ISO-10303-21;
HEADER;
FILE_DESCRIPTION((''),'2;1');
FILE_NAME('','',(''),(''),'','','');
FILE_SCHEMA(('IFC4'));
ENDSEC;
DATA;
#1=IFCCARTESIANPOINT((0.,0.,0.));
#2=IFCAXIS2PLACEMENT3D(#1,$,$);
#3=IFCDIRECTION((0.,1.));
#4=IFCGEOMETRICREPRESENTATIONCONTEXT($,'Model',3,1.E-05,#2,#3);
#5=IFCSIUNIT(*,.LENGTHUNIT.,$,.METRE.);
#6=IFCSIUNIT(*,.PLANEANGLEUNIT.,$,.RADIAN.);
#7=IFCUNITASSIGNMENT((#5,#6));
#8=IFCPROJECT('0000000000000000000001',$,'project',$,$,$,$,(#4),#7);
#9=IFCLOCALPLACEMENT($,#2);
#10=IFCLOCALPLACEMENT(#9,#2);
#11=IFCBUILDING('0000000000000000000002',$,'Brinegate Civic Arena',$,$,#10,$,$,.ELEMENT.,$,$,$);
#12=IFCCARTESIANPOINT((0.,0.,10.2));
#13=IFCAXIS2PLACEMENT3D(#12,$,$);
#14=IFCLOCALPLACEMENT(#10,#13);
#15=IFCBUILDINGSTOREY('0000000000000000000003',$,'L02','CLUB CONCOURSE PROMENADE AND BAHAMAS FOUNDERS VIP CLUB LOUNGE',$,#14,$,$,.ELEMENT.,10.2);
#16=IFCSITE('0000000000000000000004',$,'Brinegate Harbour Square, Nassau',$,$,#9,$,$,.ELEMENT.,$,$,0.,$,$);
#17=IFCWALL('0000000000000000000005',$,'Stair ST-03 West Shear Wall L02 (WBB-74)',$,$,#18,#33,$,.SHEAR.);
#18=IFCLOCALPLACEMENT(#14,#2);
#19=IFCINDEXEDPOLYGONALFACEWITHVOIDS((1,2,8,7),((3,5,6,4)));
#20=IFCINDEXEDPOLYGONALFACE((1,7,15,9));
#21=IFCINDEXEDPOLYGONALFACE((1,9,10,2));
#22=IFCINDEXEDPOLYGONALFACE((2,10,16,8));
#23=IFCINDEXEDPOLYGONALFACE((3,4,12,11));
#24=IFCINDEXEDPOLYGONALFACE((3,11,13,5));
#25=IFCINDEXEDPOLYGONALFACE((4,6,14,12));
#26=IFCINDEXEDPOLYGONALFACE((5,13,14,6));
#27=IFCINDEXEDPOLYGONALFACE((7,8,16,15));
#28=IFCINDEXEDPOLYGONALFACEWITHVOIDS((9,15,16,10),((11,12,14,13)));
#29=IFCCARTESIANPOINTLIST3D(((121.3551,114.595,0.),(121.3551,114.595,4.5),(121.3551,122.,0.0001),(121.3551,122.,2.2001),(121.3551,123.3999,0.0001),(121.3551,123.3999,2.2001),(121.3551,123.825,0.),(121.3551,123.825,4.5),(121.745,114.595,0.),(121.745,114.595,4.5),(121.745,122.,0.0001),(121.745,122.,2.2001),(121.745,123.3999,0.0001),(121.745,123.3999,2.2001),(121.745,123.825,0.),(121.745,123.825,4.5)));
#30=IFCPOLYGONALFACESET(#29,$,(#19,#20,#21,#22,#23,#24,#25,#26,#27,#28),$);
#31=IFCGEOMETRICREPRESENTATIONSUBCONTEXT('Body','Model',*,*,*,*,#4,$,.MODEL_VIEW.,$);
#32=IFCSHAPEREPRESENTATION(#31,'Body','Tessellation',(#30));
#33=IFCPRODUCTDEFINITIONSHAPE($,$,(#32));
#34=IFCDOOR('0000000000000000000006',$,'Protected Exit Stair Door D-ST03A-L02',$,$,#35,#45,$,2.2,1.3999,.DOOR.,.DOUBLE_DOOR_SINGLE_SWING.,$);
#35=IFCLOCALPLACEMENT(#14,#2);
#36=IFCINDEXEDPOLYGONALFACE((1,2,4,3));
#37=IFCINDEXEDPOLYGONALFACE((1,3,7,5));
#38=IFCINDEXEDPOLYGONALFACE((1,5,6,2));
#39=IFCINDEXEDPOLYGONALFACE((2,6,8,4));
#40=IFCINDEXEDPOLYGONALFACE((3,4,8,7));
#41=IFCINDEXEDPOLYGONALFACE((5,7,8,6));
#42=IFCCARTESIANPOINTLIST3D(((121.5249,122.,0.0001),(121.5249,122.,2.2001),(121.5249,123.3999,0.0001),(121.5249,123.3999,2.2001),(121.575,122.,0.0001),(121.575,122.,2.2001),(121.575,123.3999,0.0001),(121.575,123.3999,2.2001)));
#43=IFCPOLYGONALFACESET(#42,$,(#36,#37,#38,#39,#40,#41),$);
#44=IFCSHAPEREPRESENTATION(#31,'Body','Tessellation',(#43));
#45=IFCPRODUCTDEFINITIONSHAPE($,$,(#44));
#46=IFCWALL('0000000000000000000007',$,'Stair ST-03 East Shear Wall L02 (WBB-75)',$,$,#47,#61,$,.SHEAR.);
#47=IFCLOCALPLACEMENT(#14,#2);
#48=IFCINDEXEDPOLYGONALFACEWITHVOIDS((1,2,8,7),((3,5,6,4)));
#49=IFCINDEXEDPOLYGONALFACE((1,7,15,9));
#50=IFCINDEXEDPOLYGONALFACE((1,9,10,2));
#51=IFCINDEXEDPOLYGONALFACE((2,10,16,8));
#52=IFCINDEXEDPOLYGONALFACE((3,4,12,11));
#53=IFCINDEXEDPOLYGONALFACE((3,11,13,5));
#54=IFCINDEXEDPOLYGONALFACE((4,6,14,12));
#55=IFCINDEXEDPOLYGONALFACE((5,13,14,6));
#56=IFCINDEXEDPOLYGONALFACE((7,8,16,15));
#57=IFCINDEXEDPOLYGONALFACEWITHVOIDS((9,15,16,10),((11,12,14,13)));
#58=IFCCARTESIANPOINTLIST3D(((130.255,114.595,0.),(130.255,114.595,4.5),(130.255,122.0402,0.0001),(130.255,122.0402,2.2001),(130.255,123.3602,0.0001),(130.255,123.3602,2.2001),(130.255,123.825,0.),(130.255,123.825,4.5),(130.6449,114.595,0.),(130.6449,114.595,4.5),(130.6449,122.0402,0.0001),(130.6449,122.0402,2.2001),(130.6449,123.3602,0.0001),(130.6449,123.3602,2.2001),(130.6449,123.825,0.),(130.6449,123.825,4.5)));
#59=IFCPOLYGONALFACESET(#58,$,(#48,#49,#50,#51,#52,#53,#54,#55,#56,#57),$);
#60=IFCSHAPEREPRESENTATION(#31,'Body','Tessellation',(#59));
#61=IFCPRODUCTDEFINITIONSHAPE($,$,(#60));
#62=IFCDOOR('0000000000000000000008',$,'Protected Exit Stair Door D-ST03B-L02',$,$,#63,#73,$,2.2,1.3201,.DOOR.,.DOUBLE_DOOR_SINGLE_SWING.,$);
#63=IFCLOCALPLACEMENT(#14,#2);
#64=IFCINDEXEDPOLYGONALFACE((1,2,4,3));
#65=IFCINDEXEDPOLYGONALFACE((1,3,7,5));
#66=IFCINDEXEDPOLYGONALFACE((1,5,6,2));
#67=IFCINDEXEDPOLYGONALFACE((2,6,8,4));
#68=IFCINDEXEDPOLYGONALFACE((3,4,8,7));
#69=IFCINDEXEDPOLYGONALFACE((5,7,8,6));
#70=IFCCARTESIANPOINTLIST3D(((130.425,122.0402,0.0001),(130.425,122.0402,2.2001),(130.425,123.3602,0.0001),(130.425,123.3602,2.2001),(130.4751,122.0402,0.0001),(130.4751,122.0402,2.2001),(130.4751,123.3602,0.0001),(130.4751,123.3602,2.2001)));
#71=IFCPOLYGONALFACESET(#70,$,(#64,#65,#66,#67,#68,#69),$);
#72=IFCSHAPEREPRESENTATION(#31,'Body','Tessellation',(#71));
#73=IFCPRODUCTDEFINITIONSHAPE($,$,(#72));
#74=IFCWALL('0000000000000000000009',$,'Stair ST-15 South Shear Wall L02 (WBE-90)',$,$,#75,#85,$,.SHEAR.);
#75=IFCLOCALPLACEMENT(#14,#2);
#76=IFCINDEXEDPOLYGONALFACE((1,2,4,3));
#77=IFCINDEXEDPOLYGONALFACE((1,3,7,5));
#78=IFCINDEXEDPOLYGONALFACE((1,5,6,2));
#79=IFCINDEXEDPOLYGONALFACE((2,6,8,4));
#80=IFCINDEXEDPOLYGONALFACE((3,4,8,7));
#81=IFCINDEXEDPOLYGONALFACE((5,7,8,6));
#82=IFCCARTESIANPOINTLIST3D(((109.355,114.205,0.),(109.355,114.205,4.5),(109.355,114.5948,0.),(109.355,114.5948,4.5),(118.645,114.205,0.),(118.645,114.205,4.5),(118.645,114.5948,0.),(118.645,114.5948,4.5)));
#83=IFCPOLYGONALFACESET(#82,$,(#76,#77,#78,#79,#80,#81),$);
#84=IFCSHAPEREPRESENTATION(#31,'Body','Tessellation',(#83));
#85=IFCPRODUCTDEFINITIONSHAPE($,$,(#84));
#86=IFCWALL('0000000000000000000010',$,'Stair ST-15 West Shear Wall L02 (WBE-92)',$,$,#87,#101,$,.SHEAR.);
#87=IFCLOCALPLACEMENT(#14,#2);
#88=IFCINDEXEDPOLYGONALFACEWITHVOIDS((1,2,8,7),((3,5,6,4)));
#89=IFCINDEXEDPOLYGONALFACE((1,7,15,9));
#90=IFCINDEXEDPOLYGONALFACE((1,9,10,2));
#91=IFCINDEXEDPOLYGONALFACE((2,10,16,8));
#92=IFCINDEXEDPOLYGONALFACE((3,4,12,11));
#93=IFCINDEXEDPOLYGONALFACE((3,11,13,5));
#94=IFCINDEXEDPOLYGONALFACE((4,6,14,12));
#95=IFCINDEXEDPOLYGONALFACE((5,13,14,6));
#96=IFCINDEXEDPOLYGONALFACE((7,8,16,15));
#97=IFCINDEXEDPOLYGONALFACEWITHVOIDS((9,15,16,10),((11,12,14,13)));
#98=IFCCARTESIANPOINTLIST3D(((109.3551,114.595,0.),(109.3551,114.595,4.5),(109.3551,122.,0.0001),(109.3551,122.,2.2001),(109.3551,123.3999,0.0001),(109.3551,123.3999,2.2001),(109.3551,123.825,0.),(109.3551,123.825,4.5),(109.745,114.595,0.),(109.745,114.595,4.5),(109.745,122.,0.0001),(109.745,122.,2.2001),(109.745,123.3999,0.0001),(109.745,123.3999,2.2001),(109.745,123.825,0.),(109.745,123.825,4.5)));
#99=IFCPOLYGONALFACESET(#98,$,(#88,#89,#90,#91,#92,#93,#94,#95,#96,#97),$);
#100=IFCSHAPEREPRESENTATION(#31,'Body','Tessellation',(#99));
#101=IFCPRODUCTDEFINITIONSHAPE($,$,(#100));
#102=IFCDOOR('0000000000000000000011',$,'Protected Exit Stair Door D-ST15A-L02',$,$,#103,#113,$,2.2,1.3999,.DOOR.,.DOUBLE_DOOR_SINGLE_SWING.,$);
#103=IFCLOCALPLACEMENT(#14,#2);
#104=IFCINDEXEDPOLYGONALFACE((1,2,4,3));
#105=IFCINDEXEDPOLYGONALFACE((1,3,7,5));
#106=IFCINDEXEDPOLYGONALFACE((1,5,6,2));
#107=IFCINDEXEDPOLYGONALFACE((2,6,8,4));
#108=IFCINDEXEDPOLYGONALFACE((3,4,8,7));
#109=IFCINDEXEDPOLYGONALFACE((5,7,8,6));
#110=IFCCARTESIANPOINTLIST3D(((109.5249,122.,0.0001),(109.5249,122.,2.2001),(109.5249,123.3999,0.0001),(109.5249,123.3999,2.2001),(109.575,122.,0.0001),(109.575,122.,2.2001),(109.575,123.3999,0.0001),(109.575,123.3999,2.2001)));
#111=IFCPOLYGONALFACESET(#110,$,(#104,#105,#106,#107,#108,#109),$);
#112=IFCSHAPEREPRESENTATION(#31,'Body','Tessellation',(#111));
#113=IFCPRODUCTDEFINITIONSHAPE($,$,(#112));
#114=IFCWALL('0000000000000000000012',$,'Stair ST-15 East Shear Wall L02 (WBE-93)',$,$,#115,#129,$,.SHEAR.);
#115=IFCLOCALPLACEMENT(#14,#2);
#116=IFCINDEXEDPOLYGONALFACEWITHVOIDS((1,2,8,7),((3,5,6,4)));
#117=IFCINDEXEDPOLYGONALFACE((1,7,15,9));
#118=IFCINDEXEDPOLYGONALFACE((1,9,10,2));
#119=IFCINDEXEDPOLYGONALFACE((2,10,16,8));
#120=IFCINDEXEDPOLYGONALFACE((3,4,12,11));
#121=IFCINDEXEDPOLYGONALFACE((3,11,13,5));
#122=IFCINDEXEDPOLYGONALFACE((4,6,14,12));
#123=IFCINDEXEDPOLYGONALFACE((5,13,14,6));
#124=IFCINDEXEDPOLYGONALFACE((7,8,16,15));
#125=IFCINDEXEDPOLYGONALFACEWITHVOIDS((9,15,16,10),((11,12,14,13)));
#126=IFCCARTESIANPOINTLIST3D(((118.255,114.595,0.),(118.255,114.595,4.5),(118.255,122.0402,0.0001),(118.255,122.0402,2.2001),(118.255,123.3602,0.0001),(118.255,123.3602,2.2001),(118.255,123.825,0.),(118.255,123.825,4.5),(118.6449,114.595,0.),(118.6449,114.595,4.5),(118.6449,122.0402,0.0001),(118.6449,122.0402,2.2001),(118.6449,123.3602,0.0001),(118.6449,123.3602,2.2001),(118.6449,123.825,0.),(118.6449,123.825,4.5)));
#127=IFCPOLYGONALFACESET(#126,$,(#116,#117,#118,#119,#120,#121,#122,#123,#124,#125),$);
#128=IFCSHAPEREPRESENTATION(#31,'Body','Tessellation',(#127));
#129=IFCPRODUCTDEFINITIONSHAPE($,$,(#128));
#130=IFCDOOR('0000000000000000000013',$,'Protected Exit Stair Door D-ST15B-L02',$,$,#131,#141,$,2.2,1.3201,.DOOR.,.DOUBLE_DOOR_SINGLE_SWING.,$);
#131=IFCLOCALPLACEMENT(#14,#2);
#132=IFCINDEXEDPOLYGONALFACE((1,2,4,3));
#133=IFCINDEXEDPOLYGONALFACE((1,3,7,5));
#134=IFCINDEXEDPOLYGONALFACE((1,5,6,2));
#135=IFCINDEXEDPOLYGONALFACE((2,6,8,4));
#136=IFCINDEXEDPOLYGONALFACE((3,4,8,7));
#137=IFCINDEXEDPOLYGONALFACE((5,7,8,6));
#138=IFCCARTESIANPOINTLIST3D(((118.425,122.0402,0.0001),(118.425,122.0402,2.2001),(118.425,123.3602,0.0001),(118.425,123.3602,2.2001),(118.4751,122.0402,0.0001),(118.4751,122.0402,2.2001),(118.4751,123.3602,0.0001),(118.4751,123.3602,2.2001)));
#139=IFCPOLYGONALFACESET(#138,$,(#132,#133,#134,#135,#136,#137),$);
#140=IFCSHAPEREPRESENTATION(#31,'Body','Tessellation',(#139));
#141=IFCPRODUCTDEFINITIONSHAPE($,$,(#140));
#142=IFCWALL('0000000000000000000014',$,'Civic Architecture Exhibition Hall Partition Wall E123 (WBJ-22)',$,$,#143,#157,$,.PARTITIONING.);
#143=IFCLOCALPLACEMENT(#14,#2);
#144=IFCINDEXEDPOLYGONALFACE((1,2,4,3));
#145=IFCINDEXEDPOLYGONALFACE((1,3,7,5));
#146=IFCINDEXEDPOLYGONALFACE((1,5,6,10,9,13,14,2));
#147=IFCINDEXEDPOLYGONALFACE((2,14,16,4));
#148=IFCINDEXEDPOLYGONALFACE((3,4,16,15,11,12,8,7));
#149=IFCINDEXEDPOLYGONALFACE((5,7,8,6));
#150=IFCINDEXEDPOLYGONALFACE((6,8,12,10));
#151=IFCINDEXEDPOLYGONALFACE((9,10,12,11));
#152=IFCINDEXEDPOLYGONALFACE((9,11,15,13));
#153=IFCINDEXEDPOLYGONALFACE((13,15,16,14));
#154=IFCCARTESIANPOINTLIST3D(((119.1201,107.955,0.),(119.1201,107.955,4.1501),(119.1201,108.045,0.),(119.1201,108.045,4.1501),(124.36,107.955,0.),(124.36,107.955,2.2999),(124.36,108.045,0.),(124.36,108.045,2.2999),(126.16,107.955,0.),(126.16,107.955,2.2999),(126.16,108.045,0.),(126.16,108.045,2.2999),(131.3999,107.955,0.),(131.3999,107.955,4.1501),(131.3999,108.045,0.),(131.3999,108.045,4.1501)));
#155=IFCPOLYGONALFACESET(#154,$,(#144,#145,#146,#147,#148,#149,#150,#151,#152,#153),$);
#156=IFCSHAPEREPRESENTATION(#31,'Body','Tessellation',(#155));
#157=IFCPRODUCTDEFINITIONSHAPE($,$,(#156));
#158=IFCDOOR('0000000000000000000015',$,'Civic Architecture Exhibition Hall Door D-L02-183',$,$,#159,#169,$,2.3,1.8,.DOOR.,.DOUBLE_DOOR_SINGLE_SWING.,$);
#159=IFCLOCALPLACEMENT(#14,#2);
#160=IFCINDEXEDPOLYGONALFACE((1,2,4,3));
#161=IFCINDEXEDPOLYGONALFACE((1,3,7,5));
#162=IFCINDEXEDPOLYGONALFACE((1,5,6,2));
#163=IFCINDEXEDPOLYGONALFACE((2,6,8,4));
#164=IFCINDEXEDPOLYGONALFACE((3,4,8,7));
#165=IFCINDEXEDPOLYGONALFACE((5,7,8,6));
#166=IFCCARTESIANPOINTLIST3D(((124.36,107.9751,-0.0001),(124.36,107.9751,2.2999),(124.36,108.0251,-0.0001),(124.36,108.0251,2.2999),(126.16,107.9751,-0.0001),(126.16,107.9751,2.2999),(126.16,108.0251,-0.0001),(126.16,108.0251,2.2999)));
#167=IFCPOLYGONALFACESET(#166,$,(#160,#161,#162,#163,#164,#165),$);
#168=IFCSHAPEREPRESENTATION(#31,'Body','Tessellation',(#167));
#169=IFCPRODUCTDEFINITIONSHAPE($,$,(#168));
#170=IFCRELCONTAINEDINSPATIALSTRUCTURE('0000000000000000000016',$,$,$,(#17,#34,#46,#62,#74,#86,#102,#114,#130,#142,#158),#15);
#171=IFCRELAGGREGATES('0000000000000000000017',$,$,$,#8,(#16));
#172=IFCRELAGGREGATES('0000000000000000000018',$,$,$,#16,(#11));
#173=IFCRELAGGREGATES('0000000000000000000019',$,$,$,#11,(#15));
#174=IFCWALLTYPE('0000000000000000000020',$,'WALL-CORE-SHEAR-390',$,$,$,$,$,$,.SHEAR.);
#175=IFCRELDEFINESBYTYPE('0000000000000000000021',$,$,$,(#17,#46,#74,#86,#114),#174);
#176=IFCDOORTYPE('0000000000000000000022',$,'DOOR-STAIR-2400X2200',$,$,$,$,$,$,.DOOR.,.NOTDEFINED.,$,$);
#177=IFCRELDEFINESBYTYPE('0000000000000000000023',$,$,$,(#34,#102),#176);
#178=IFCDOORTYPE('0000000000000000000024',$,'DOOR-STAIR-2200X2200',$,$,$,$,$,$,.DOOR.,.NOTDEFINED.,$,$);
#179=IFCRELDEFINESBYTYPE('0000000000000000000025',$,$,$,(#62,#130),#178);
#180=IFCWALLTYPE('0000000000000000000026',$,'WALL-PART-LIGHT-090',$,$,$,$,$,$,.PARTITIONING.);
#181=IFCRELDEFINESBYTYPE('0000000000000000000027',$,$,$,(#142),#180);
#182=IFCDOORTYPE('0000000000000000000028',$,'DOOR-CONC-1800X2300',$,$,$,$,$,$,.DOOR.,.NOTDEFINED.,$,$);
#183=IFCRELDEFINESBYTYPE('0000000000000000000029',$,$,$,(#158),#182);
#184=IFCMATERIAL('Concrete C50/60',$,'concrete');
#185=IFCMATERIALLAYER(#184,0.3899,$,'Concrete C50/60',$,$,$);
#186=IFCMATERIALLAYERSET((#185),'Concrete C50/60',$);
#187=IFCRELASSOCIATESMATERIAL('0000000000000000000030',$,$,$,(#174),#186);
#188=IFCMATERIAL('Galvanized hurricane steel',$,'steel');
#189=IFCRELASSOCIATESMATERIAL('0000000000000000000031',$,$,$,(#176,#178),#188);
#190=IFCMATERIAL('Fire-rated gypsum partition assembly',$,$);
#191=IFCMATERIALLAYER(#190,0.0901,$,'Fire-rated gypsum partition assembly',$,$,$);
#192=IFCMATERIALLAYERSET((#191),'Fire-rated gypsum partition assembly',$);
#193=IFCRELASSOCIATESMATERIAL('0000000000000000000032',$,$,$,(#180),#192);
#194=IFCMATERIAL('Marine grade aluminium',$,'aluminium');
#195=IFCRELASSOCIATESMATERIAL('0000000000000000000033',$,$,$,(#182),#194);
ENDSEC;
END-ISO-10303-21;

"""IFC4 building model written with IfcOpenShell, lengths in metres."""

from ifc_helpers import new_model, si_unit, direction, frame, frame_2d, origin, place, context, subcontext, project, spatial, rectangle, extrude, material, layer, layer_set, type_object, element, fill, save


model = new_model("IFC4")

# Units and contexts
model_context = context("Model", 3, precision=1e-05, world=origin(), true_north=direction((0.0, 1.0)))
body_context = subcontext(model_context, "Body", "Model", "MODEL_VIEW")
ifc_project = project(units=[si_unit("LENGTHUNIT", "METRE"), si_unit("PLANEANGLEUNIT", "RADIAN")], contexts=[model_context])

# Site, building, storey
site_placement = place(None, origin())
site = spatial("IfcSite", under=ifc_project, at=site_placement, Name="Brinegate Harbour Square, Nassau", CompositionType="ELEMENT", RefElevation=0.0)
building_placement = place(site_placement, origin())
building = spatial("IfcBuilding", under=site, at=building_placement, Name="Brinegate Civic Arena", CompositionType="ELEMENT")
storey_placement = place(building_placement, frame((0.0, 0.0, 10.2)))
storey = spatial("IfcBuildingStorey", under=building, at=storey_placement, Name="L02", Description="CLUB CONCOURSE PROMENADE AND BAHAMAS FOUNDERS VIP CLUB LOUNGE", CompositionType="ELEMENT", Elevation=10.2)

# Shared definitions
ifc_material_1 = material(Name="Concrete C50/60", Category="concrete")

# Shared definitions
ifc_layer_1 = layer(ifc_material_1, 0.3899, Name="Concrete C50/60")
ifc_layer_set_1 = layer_set([ifc_layer_1], Name="Concrete C50/60")
wall_type_1 = type_object("IfcWallType", Name="WALL-CORE-SHEAR-390", PredefinedType="SHEAR", material=ifc_layer_set_1)

# Walls, openings, doors
wall_1_placement = place(storey_placement, frame((121.55, 114.595, 0.0), z_axis=(0.0, 0.0, 1.0), x_axis=(0.0, 1.0, 0.0)))
wall_1 = element("IfcWall", 1, at=wall_1_placement, inside=storey, type_object=wall_type_1, Name="Stair ST-03 West Shear Wall L02 (WBB-74)", PredefinedType="SHEAR", context=body_context, shape_type="SweptSolid", body=[
    extrude(rectangle(XDim=9.23, YDim=0.3899, at=frame_2d((4.615, 0.0))), origin(), (0.0, 0.0, 1.0), 4.5),
])
opening_1_placement = place(wall_1_placement, frame((7.405, 0.0, 0.0)))
opening_1 = element("IfcOpeningElement", 2, at=opening_1_placement, cuts=wall_1, PredefinedType="OPENING", context=body_context, shape_type="SweptSolid", body=[
    extrude(rectangle(XDim=1.3999, YDim=2.2, at=frame_2d((0.7, 1.1001))), frame((0.0, 0.2048, 0.0), z_axis=(0.0, -1.0, 0.0), x_axis=(1.0, 0.0, 0.0)), (0.0, 0.0, 1.0), 0.4099),
])
ifc_material_2 = material(Name="Galvanized hurricane steel", Category="steel")
door_type_1 = type_object("IfcDoorType", Name="DOOR-STAIR-2400X2200", OperationType="NOTDEFINED", PredefinedType="DOOR", material=ifc_material_2)
door_1_placement = place(opening_1_placement, frame((1.3999, 0.0, 0.0), z_axis=(0.0, 0.0, 1.0), x_axis=(-1.0, 0.0, 0.0)))
door_1 = element("IfcDoor", 3, at=door_1_placement, inside=storey, type_object=door_type_1, Name="Protected Exit Stair Door D-ST03A-L02", OperationType="DOUBLE_DOOR_SINGLE_SWING", OverallHeight=2.2, OverallWidth=1.3999, PredefinedType="DOOR", context=body_context, shape_type="SweptSolid", body=[
    extrude(rectangle(XDim=1.3999, YDim=2.2, at=frame_2d((0.7, 1.1001))), frame((0.0, 0.0249, 0.0), z_axis=(0.0, -1.0, 0.0), x_axis=(1.0, 0.0, 0.0)), (0.0, 0.0, 1.0), 0.05),
])
fill(opening_1, door_1)
wall_2_placement = place(storey_placement, frame((130.45, 114.595, 0.0), z_axis=(0.0, 0.0, 1.0), x_axis=(0.0, 1.0, 0.0)))
wall_2 = element("IfcWall", 4, at=wall_2_placement, inside=storey, type_object=wall_type_1, Name="Stair ST-03 East Shear Wall L02 (WBB-75)", PredefinedType="SHEAR", context=body_context, shape_type="SweptSolid", body=[
    extrude(rectangle(XDim=9.23, YDim=0.3899, at=frame_2d((4.615, 0.0))), origin(), (0.0, 0.0, 1.0), 4.5),
])
opening_2_placement = place(wall_2_placement, frame((7.4451, 0.0, 0.0)))
opening_2 = element("IfcOpeningElement", 5, at=opening_2_placement, cuts=wall_2, PredefinedType="OPENING", context=body_context, shape_type="SweptSolid", body=[
    extrude(rectangle(XDim=1.3201, YDim=2.2, at=frame_2d((0.6602, 1.1001))), frame((0.0, 0.2048, 0.0), z_axis=(0.0, -1.0, 0.0), x_axis=(1.0, 0.0, 0.0)), (0.0, 0.0, 1.0), 0.4099),
])
door_type_2 = type_object("IfcDoorType", Name="DOOR-STAIR-2200X2200", OperationType="NOTDEFINED", PredefinedType="DOOR", material=ifc_material_2)
door_2_placement = place(opening_2_placement, origin())
door_2 = element("IfcDoor", 6, at=door_2_placement, inside=storey, type_object=door_type_2, Name="Protected Exit Stair Door D-ST03B-L02", OperationType="DOUBLE_DOOR_SINGLE_SWING", OverallHeight=2.2, OverallWidth=1.3201, PredefinedType="DOOR", context=body_context, shape_type="SweptSolid", body=[
    extrude(rectangle(XDim=1.3201, YDim=2.2, at=frame_2d((0.6602, 1.1001))), frame((0.0, 0.0249, 0.0), z_axis=(0.0, -1.0, 0.0), x_axis=(1.0, 0.0, 0.0)), (0.0, 0.0, 1.0), 0.05),
])
fill(opening_2, door_2)

# Wall
wall_3_placement = place(storey_placement, frame((109.355, 114.3999, 0.0), z_axis=(0.0, 0.0, 1.0), x_axis=(1.0, 0.0, 0.0)))
element("IfcWall", 7, at=wall_3_placement, inside=storey, type_object=wall_type_1, Name="Stair ST-15 South Shear Wall L02 (WBE-90)", PredefinedType="SHEAR", context=body_context, shape_type="SweptSolid", body=[
    extrude(rectangle(XDim=9.29, YDim=0.3899, at=frame_2d((4.645, 0.0))), origin(), (0.0, 0.0, 1.0), 4.5),
])

# Walls, openings, doors
wall_4_placement = place(storey_placement, frame((109.55, 114.595, 0.0), z_axis=(0.0, 0.0, 1.0), x_axis=(0.0, 1.0, 0.0)))
wall_4 = element("IfcWall", 8, at=wall_4_placement, inside=storey, type_object=wall_type_1, Name="Stair ST-15 West Shear Wall L02 (WBE-92)", PredefinedType="SHEAR", context=body_context, shape_type="SweptSolid", body=[
    extrude(rectangle(XDim=9.23, YDim=0.3899, at=frame_2d((4.615, 0.0))), origin(), (0.0, 0.0, 1.0), 4.5),
])
opening_3_placement = place(wall_4_placement, frame((7.405, 0.0, 0.0)))
opening_3 = element("IfcOpeningElement", 9, at=opening_3_placement, cuts=wall_4, PredefinedType="OPENING", context=body_context, shape_type="SweptSolid", body=[
    extrude(rectangle(XDim=1.3999, YDim=2.2, at=frame_2d((0.7, 1.1001))), frame((0.0, 0.2048, 0.0), z_axis=(0.0, -1.0, 0.0), x_axis=(1.0, 0.0, 0.0)), (0.0, 0.0, 1.0), 0.4099),
])
door_3_placement = place(opening_3_placement, frame((1.3999, 0.0, 0.0), z_axis=(0.0, 0.0, 1.0), x_axis=(-1.0, 0.0, 0.0)))
door_3 = element("IfcDoor", 10, at=door_3_placement, inside=storey, type_object=door_type_1, Name="Protected Exit Stair Door D-ST15A-L02", OperationType="DOUBLE_DOOR_SINGLE_SWING", OverallHeight=2.2, OverallWidth=1.3999, PredefinedType="DOOR", context=body_context, shape_type="SweptSolid", body=[
    extrude(rectangle(XDim=1.3999, YDim=2.2, at=frame_2d((0.7, 1.1001))), frame((0.0, 0.0249, 0.0), z_axis=(0.0, -1.0, 0.0), x_axis=(1.0, 0.0, 0.0)), (0.0, 0.0, 1.0), 0.05),
])
fill(opening_3, door_3)
wall_5_placement = place(storey_placement, frame((118.45, 114.595, 0.0), z_axis=(0.0, 0.0, 1.0), x_axis=(0.0, 1.0, 0.0)))
wall_5 = element("IfcWall", 11, at=wall_5_placement, inside=storey, type_object=wall_type_1, Name="Stair ST-15 East Shear Wall L02 (WBE-93)", PredefinedType="SHEAR", context=body_context, shape_type="SweptSolid", body=[
    extrude(rectangle(XDim=9.23, YDim=0.3899, at=frame_2d((4.615, 0.0))), origin(), (0.0, 0.0, 1.0), 4.5),
])
opening_4_placement = place(wall_5_placement, frame((7.4451, 0.0, 0.0)))
opening_4 = element("IfcOpeningElement", 12, at=opening_4_placement, cuts=wall_5, PredefinedType="OPENING", context=body_context, shape_type="SweptSolid", body=[
    extrude(rectangle(XDim=1.3201, YDim=2.2, at=frame_2d((0.6602, 1.1001))), frame((0.0, 0.2048, 0.0), z_axis=(0.0, -1.0, 0.0), x_axis=(1.0, 0.0, 0.0)), (0.0, 0.0, 1.0), 0.4099),
])
door_4_placement = place(opening_4_placement, origin())
door_4 = element("IfcDoor", 13, at=door_4_placement, inside=storey, type_object=door_type_2, Name="Protected Exit Stair Door D-ST15B-L02", OperationType="DOUBLE_DOOR_SINGLE_SWING", OverallHeight=2.2, OverallWidth=1.3201, PredefinedType="DOOR", context=body_context, shape_type="SweptSolid", body=[
    extrude(rectangle(XDim=1.3201, YDim=2.2, at=frame_2d((0.6602, 1.1001))), frame((0.0, 0.0249, 0.0), z_axis=(0.0, -1.0, 0.0), x_axis=(1.0, 0.0, 0.0)), (0.0, 0.0, 1.0), 0.05),
])
fill(opening_4, door_4)
ifc_material_3 = material(Name="Fire-rated gypsum partition assembly")
ifc_layer_2 = layer(ifc_material_3, 0.0901, Name="Fire-rated gypsum partition assembly")
ifc_layer_set_2 = layer_set([ifc_layer_2], Name="Fire-rated gypsum partition assembly")
wall_type_2 = type_object("IfcWallType", Name="WALL-PART-LIGHT-090", PredefinedType="PARTITIONING", material=ifc_layer_set_2)
wall_6_placement = place(storey_placement, frame((131.3999, 108.0, 0.0), z_axis=(0.0, 0.0, 1.0), x_axis=(-1.0, 0.0, 0.0)))
wall_6 = element("IfcWall", 14, at=wall_6_placement, inside=storey, type_object=wall_type_2, Name="Civic Architecture Exhibition Hall Partition Wall E123 (WBJ-22)", PredefinedType="PARTITIONING", context=body_context, shape_type="SweptSolid", body=[
    extrude(rectangle(XDim=12.2798, YDim=0.0901, at=frame_2d((6.1399, 0.0))), origin(), (0.0, 0.0, 1.0), 4.1501),
])
opening_5_placement = place(wall_6_placement, frame((5.24, 0.0, 0.0)))
opening_5 = element("IfcOpeningElement", 15, at=opening_5_placement, cuts=wall_6, PredefinedType="OPENING", context=body_context, shape_type="SweptSolid", body=[
    extrude(rectangle(XDim=1.8, YDim=2.3, at=frame_2d((0.8999, 1.1499))), frame((0.0, 0.0549, 0.0), z_axis=(0.0, -1.0, 0.0), x_axis=(1.0, 0.0, 0.0)), (0.0, 0.0, 1.0), 0.1101),
])
ifc_material_4 = material(Name="Marine grade aluminium", Category="aluminium")
door_type_3 = type_object("IfcDoorType", Name="DOOR-CONC-1800X2300", OperationType="NOTDEFINED", PredefinedType="DOOR", material=ifc_material_4)
door_5_placement = place(opening_5_placement, origin())
door_5 = element("IfcDoor", 16, at=door_5_placement, inside=storey, type_object=door_type_3, Name="Civic Architecture Exhibition Hall Door D-L02-183", OperationType="DOUBLE_DOOR_SINGLE_SWING", OverallHeight=2.3, OverallWidth=1.8, PredefinedType="DOOR", context=body_context, shape_type="SweptSolid", body=[
    extrude(rectangle(XDim=1.8, YDim=2.3, at=frame_2d((0.8999, 1.1499))), frame((0.0, 0.0249, 0.0), z_axis=(0.0, -1.0, 0.0), x_axis=(1.0, 0.0, 0.0)), (0.0, 0.0, 1.0), 0.05),
])
fill(opening_5, door_5)

save(model, "model.ifc")
